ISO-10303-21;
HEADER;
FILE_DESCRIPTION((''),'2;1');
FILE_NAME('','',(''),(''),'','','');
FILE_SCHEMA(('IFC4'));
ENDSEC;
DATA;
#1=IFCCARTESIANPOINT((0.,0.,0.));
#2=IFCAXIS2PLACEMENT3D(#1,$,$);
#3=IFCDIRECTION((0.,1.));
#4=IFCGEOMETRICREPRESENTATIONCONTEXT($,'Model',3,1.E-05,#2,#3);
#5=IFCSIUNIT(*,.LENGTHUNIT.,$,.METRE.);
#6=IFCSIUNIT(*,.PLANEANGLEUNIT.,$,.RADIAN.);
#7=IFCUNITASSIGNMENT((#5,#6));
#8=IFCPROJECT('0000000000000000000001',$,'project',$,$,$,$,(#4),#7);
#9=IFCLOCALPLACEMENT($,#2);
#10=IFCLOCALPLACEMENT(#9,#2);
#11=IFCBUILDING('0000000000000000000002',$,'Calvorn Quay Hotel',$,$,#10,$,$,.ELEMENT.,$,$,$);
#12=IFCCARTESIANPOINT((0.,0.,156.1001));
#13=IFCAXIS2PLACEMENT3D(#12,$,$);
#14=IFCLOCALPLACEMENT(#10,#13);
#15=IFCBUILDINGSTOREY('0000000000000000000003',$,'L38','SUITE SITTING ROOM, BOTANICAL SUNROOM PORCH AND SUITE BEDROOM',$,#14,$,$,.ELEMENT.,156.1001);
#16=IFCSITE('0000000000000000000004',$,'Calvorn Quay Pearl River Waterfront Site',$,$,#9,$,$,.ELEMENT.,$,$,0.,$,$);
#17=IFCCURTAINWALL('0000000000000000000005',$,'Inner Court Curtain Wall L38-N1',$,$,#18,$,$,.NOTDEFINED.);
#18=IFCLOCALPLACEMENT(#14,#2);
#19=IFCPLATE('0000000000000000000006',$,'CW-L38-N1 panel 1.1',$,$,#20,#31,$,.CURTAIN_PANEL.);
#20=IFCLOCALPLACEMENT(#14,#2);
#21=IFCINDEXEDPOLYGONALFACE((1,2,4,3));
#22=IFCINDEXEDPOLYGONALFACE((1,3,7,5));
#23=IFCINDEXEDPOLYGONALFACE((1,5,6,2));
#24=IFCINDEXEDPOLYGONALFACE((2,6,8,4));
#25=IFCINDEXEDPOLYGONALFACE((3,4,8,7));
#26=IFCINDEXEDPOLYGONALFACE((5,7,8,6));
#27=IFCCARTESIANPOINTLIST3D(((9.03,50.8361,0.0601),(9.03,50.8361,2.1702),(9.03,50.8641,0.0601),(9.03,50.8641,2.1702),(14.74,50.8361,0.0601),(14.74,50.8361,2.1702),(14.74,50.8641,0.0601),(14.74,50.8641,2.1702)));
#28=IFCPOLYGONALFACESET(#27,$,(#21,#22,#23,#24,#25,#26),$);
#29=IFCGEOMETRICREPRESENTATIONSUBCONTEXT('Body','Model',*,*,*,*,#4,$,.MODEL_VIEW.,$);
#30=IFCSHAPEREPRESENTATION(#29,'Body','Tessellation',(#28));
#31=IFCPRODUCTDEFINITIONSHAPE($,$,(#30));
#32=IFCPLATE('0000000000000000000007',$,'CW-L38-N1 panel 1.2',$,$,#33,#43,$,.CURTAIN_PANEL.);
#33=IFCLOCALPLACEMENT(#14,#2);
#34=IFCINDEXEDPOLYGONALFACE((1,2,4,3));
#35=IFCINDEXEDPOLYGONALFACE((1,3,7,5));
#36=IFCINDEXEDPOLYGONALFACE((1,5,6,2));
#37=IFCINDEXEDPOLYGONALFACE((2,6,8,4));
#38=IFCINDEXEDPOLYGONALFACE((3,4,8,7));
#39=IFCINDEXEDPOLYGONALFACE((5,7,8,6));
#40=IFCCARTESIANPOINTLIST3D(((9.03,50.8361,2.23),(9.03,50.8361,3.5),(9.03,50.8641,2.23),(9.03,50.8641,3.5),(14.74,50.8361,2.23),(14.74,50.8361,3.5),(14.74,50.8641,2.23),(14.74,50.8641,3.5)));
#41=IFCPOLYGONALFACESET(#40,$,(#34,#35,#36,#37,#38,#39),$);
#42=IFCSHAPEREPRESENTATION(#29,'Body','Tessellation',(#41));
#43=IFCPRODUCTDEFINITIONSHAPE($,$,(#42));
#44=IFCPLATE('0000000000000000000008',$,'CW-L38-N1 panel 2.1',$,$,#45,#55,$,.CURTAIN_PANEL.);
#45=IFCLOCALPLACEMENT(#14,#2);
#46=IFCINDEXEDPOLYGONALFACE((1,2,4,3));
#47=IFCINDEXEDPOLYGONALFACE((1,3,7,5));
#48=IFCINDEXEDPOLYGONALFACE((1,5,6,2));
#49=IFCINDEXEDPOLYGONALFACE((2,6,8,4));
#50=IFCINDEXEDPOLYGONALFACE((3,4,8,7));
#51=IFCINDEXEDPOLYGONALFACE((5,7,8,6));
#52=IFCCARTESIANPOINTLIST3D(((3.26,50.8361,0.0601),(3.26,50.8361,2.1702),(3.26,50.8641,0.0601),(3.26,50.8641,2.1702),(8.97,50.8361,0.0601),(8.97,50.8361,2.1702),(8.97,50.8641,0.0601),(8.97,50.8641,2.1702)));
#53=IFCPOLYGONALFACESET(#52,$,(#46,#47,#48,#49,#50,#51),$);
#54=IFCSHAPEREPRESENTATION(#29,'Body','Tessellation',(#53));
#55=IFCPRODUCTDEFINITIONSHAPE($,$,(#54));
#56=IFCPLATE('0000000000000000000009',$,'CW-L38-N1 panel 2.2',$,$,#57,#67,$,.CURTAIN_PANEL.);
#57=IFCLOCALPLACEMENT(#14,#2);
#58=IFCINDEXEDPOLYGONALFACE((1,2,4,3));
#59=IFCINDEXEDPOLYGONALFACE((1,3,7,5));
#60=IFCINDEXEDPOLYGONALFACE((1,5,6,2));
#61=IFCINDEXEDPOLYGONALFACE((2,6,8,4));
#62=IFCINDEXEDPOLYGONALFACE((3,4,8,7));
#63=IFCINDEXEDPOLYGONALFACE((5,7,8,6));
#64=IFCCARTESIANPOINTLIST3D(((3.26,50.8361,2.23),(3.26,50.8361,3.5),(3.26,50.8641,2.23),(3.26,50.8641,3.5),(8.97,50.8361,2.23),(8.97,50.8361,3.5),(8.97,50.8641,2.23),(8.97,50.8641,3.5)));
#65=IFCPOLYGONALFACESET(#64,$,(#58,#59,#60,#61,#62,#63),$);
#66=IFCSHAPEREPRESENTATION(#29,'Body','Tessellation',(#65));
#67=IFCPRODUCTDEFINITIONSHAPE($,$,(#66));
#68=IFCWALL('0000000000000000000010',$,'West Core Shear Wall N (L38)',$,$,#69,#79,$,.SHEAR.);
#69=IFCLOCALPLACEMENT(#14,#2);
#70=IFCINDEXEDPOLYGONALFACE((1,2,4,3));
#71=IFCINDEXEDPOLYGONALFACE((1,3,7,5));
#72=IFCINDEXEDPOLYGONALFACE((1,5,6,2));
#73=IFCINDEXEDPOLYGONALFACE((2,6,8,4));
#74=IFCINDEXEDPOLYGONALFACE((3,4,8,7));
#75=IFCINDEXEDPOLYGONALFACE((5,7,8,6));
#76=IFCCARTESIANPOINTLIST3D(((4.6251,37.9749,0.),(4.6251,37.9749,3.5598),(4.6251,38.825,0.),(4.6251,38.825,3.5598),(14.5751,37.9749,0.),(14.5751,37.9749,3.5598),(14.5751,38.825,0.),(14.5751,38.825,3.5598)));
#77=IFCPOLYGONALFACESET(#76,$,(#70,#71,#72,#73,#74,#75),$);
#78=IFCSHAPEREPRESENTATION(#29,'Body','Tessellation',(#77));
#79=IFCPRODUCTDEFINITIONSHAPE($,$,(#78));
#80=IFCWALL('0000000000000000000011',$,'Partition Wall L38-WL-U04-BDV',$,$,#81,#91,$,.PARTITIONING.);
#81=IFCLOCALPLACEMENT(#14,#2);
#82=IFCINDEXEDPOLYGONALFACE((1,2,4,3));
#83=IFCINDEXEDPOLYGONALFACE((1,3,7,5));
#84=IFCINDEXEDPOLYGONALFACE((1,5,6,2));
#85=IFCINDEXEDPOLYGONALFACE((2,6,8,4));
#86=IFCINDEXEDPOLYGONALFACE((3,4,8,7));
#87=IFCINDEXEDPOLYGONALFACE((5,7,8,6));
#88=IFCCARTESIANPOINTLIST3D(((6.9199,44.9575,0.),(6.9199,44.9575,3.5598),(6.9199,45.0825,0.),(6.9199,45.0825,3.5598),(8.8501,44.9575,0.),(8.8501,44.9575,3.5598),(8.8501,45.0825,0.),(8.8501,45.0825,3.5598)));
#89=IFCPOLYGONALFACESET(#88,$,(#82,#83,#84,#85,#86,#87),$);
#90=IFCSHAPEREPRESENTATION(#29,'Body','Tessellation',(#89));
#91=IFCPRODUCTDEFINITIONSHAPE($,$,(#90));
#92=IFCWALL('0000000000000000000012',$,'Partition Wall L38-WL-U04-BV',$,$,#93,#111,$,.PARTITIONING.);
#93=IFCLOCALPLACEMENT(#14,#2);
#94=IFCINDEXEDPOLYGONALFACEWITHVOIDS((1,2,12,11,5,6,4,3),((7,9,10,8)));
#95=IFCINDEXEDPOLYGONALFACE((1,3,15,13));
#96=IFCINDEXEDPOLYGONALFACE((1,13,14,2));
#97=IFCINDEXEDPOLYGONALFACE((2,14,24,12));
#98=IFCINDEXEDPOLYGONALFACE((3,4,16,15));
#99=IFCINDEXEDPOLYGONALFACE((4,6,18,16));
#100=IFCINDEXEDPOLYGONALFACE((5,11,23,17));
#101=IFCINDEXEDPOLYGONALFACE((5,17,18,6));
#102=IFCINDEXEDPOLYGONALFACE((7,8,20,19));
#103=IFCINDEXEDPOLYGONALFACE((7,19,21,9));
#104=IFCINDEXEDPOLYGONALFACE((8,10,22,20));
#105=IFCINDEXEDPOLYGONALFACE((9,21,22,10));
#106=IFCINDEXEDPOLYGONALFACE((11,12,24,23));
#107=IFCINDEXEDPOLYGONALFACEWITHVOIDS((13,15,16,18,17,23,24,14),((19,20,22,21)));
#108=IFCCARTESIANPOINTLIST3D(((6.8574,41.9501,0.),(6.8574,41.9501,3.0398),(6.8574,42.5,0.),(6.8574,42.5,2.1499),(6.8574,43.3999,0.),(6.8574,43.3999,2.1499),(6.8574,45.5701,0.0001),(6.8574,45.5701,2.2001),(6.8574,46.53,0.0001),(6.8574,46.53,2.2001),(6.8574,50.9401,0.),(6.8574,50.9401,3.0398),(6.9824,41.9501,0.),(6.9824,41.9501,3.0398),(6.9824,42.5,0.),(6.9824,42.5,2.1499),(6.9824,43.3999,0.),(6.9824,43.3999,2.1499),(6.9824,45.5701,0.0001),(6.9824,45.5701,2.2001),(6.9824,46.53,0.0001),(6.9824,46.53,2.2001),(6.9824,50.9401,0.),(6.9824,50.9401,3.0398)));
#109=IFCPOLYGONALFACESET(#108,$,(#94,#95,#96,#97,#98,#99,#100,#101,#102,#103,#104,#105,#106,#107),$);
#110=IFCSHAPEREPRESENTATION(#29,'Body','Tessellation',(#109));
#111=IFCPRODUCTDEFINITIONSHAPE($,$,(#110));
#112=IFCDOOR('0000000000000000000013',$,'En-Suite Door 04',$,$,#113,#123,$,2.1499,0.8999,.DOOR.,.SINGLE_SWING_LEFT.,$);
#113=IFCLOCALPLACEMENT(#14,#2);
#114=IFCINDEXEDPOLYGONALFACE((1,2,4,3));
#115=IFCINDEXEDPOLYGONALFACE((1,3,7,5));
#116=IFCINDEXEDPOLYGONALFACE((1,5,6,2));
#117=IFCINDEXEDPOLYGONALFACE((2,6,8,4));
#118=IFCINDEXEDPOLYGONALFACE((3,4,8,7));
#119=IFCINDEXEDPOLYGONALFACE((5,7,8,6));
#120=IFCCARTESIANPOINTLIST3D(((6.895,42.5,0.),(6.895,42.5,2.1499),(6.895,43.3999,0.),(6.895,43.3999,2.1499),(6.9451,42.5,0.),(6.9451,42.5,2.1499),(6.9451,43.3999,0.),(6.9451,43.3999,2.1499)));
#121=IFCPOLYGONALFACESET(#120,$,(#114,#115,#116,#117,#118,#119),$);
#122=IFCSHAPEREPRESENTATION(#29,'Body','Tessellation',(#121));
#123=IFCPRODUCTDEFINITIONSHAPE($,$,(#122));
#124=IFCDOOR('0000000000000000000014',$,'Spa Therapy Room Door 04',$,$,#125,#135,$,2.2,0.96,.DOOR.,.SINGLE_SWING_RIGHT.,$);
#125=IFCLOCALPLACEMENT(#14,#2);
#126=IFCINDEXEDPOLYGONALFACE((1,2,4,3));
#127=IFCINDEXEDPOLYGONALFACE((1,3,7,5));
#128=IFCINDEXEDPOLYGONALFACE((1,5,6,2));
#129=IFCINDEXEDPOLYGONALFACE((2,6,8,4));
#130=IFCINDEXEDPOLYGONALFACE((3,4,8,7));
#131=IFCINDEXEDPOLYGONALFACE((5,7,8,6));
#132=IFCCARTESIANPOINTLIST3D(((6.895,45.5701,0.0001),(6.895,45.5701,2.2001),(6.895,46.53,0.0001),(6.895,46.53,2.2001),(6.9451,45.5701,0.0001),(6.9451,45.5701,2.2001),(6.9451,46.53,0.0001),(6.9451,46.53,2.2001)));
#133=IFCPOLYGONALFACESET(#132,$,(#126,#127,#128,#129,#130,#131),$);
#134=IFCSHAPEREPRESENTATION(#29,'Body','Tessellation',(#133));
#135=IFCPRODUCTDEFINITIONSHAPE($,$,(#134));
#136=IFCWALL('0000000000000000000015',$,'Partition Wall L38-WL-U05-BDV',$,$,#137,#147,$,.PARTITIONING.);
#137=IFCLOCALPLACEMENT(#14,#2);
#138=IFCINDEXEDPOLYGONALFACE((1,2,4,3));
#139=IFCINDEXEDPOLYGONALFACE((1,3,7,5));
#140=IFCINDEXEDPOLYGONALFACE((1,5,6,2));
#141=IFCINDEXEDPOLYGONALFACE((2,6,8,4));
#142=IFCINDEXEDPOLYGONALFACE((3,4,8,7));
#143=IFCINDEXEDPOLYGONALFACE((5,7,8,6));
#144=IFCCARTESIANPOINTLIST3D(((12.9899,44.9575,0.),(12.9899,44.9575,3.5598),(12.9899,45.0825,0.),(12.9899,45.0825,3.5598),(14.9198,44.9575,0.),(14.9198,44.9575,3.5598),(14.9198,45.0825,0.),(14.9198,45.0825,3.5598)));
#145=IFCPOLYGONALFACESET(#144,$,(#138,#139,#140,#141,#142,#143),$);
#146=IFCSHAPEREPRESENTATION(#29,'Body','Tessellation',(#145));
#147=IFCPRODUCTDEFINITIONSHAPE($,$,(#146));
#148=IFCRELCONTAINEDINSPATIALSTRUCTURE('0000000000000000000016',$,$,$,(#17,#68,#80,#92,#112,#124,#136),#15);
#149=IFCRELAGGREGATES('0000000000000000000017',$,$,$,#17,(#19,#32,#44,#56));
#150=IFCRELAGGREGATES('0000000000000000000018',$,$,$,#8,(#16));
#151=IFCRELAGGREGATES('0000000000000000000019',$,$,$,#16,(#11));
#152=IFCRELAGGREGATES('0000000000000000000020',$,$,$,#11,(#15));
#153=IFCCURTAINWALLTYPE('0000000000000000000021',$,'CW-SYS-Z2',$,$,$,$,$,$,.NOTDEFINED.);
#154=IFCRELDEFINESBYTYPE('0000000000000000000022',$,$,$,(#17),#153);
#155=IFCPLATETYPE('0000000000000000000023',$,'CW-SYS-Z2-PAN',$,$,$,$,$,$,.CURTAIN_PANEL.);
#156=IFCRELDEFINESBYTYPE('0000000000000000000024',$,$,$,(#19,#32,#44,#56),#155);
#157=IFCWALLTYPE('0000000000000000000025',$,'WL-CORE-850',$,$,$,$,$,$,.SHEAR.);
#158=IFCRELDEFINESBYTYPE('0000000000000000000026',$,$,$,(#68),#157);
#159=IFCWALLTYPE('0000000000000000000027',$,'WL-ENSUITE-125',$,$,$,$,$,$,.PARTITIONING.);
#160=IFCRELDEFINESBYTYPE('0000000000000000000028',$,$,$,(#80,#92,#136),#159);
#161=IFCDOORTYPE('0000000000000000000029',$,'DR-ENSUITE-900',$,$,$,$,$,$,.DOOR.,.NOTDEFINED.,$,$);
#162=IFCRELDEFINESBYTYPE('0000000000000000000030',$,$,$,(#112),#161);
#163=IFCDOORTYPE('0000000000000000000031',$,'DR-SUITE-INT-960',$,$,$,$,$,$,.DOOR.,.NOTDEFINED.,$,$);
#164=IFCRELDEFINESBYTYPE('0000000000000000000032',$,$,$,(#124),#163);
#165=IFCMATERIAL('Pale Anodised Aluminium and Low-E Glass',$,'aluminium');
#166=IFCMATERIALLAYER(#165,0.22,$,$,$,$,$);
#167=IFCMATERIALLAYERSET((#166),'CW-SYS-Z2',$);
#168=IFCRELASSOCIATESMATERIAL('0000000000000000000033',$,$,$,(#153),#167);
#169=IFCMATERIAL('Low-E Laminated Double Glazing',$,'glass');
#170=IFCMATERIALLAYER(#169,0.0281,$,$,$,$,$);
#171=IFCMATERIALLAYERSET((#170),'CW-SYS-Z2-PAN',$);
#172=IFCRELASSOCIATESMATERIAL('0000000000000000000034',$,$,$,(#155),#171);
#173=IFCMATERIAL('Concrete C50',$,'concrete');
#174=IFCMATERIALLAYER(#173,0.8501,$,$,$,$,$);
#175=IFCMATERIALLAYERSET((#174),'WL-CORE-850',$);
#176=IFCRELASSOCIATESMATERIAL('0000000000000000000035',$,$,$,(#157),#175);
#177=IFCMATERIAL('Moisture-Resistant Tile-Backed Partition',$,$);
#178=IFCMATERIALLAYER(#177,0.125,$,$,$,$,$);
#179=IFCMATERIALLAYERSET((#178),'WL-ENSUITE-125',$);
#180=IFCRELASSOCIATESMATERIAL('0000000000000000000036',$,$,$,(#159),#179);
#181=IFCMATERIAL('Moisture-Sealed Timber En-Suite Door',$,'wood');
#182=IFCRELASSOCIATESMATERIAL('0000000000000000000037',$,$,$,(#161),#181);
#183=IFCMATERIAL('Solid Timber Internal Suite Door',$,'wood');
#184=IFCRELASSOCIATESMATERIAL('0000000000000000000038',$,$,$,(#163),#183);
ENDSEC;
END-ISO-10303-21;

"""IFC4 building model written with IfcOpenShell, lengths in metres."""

from ifc_helpers import new_model, si_unit, direction, frame, frame_2d, origin, origin_2d, place, context, subcontext, project, spatial, rectangle, extrude, material, layer, layer_set, type_object, element, fill, aggregate, save


model = new_model("IFC4")

# Units and contexts
model_context = context("Model", 3, precision=1e-05, world=origin(), true_north=direction((0.0, 1.0)))
body_context = subcontext(model_context, "Body", "Model", "MODEL_VIEW")
ifc_project = project(units=[si_unit("LENGTHUNIT", "METRE"), si_unit("PLANEANGLEUNIT", "RADIAN")], contexts=[model_context])

# Site, building, storey
site_placement = place(None, origin())
site = spatial("IfcSite", under=ifc_project, at=site_placement, Name="Calvorn Quay Pearl River Waterfront Site", CompositionType="ELEMENT", RefElevation=0.0)
building_placement = place(site_placement, origin())
building = spatial("IfcBuilding", under=site, at=building_placement, Name="Calvorn Quay Hotel", CompositionType="ELEMENT")
storey_placement = place(building_placement, frame((0.0, 0.0, 156.1001)))
storey = spatial("IfcBuildingStorey", under=building, at=storey_placement, Name="L38", Description="SUITE SITTING ROOM, BOTANICAL SUNROOM PORCH AND SUITE BEDROOM", CompositionType="ELEMENT", Elevation=156.1001)

# Curtain wall, plates
ifc_material_1 = material(Name="Pale Anodised Aluminium and Low-E Glass", Category="aluminium")
ifc_layer_1 = layer(ifc_material_1, 0.22)
ifc_layer_set_1 = layer_set([ifc_layer_1], Name="CW-SYS-Z2")
curtain_wall_type = type_object("IfcCurtainWallType", Name="CW-SYS-Z2", PredefinedType="NOTDEFINED", material=ifc_layer_set_1)
curtain_wall_placement = place(storey_placement, origin())
curtain_wall = element("IfcCurtainWall", 1, at=curtain_wall_placement, inside=storey, type_object=curtain_wall_type, Name="Inner Court Curtain Wall L38-N1", PredefinedType="NOTDEFINED")
ifc_material_2 = material(Name="Low-E Laminated Double Glazing", Category="glass")
ifc_layer_2 = layer(ifc_material_2, 0.0281)
ifc_layer_set_2 = layer_set([ifc_layer_2], Name="CW-SYS-Z2-PAN")
plate_type = type_object("IfcPlateType", Name="CW-SYS-Z2-PAN", PredefinedType="CURTAIN_PANEL", material=ifc_layer_set_2)
plate_1_placement = place(storey_placement, frame((11.885, 50.8501, 0.0601), z_axis=(0.0, 0.0, 1.0), x_axis=(-1.0, 0.0, 0.0)))
plate_1 = element("IfcPlate", 2, at=plate_1_placement, type_object=plate_type, Name="CW-L38-N1 panel 1.1", PredefinedType="CURTAIN_PANEL", context=body_context, shape_type="SweptSolid", body=[
    extrude(rectangle(XDim=5.71, YDim=0.0281, at=origin_2d()), origin(), (0.0, 0.0, 1.0), 2.1101),
])
plate_2_placement = place(storey_placement, frame((11.885, 50.8501, 2.23), z_axis=(0.0, 0.0, 1.0), x_axis=(-1.0, 0.0, 0.0)))
plate_2 = element("IfcPlate", 3, at=plate_2_placement, type_object=plate_type, Name="CW-L38-N1 panel 1.2", PredefinedType="CURTAIN_PANEL", context=body_context, shape_type="SweptSolid", body=[
    extrude(rectangle(XDim=5.71, YDim=0.0281, at=origin_2d()), origin(), (0.0, 0.0, 1.0), 1.27),
])
plate_3_placement = place(storey_placement, frame((6.115, 50.8501, 0.0601), z_axis=(0.0, 0.0, 1.0), x_axis=(-1.0, 0.0, 0.0)))
plate_3 = element("IfcPlate", 4, at=plate_3_placement, type_object=plate_type, Name="CW-L38-N1 panel 2.1", PredefinedType="CURTAIN_PANEL", context=body_context, shape_type="SweptSolid", body=[
    extrude(rectangle(XDim=5.71, YDim=0.0281, at=origin_2d()), origin(), (0.0, 0.0, 1.0), 2.1101),
])
plate_4_placement = place(storey_placement, frame((6.115, 50.8501, 2.23), z_axis=(0.0, 0.0, 1.0), x_axis=(-1.0, 0.0, 0.0)))
plate_4 = element("IfcPlate", 5, at=plate_4_placement, type_object=plate_type, Name="CW-L38-N1 panel 2.2", PredefinedType="CURTAIN_PANEL", context=body_context, shape_type="SweptSolid", body=[
    extrude(rectangle(XDim=5.71, YDim=0.0281, at=origin_2d()), origin(), (0.0, 0.0, 1.0), 1.27),
])
aggregate(curtain_wall, [plate_1, plate_2, plate_3, plate_4])

# Walls
ifc_material_3 = material(Name="Concrete C50", Category="concrete")
ifc_layer_3 = layer(ifc_material_3, 0.8501)
ifc_layer_set_3 = layer_set([ifc_layer_3], Name="WL-CORE-850")
wall_type_1 = type_object("IfcWallType", Name="WL-CORE-850", PredefinedType="SHEAR", material=ifc_layer_set_3)
wall_1_placement = place(storey_placement, frame((4.625, 38.3999, 0.0), z_axis=(0.0, 0.0, 1.0), x_axis=(1.0, 0.0, 0.0)))
element("IfcWall", 6, at=wall_1_placement, inside=storey, type_object=wall_type_1, Name="West Core Shear Wall N (L38)", PredefinedType="SHEAR", context=body_context, shape_type="SweptSolid", body=[
    extrude(rectangle(XDim=9.95, YDim=0.8501, at=frame_2d((4.9751, 0.0))), origin(), (0.0, 0.0, 1.0), 3.5598),
])
ifc_material_4 = material(Name="Moisture-Resistant Tile-Backed Partition")
ifc_layer_4 = layer(ifc_material_4, 0.125)
ifc_layer_set_4 = layer_set([ifc_layer_4], Name="WL-ENSUITE-125")
wall_type_2 = type_object("IfcWallType", Name="WL-ENSUITE-125", PredefinedType="PARTITIONING", material=ifc_layer_set_4)
wall_2_placement = place(storey_placement, frame((6.9199, 45.02, 0.0), z_axis=(0.0, 0.0, 1.0), x_axis=(1.0, 0.0, 0.0)))
element("IfcWall", 7, at=wall_2_placement, inside=storey, type_object=wall_type_2, Name="Partition Wall L38-WL-U04-BDV", PredefinedType="PARTITIONING", context=body_context, shape_type="SweptSolid", body=[
    extrude(rectangle(XDim=1.9302, YDim=0.125, at=frame_2d((0.9651, 0.0))), origin(), (0.0, 0.0, 1.0), 3.5598),
])

# Wall, openings, doors
wall_3_placement = place(storey_placement, frame((6.9199, 41.95, 0.0), z_axis=(0.0, 0.0, 1.0), x_axis=(0.0, 1.0, 0.0)))
wall_3 = element("IfcWall", 8, at=wall_3_placement, inside=storey, type_object=wall_type_2, Name="Partition Wall L38-WL-U04-BV", PredefinedType="PARTITIONING", context=body_context, shape_type="SweptSolid", body=[
    extrude(rectangle(XDim=8.99, YDim=0.125, at=frame_2d((4.4951, 0.0))), origin(), (0.0, 0.0, 1.0), 3.0398),
])
opening_1_placement = place(wall_3_placement, frame((0.55, 0.0, 0.0)))
opening_1 = element("IfcOpeningElement", 9, at=opening_1_placement, cuts=wall_3, PredefinedType="OPENING", context=body_context, shape_type="SweptSolid", body=[
    extrude(rectangle(XDim=0.8999, YDim=2.1499, at=frame_2d((0.45, 1.075))), frame((0.0, 0.0725, 0.0), z_axis=(0.0, -1.0, 0.0), x_axis=(1.0, 0.0, 0.0)), (0.0, 0.0, 1.0), 0.145),
])
opening_2_placement = place(wall_3_placement, frame((3.6201, 0.0, 0.0)))
opening_2 = element("IfcOpeningElement", 10, at=opening_2_placement, cuts=wall_3, PredefinedType="OPENING", context=body_context, shape_type="SweptSolid", body=[
    extrude(rectangle(XDim=0.96, YDim=2.2, at=frame_2d((0.48, 1.1001))), frame((0.0, 0.0725, 0.0), z_axis=(0.0, -1.0, 0.0), x_axis=(1.0, 0.0, 0.0)), (0.0, 0.0, 1.0), 0.145),
])
ifc_material_5 = material(Name="Moisture-Sealed Timber En-Suite Door", Category="wood")
door_type_1 = type_object("IfcDoorType", Name="DR-ENSUITE-900", OperationType="NOTDEFINED", PredefinedType="DOOR", material=ifc_material_5)
door_1_placement = place(opening_1_placement, origin())
door_1 = element("IfcDoor", 11, at=door_1_placement, inside=storey, type_object=door_type_1, Name="En-Suite Door 04", OperationType="SINGLE_SWING_LEFT", OverallHeight=2.1499, OverallWidth=0.8999, PredefinedType="DOOR", context=body_context, shape_type="SweptSolid", body=[
    extrude(rectangle(XDim=0.8999, YDim=2.1499, at=frame_2d((0.45, 1.075))), frame((0.0, 0.0249, 0.0), z_axis=(0.0, -1.0, 0.0), x_axis=(1.0, 0.0, 0.0)), (0.0, 0.0, 1.0), 0.05),
])
fill(opening_1, door_1)
ifc_material_6 = material(Name="Solid Timber Internal Suite Door", Category="wood")
door_type_2 = type_object("IfcDoorType", Name="DR-SUITE-INT-960", OperationType="NOTDEFINED", PredefinedType="DOOR", material=ifc_material_6)
door_2_placement = place(opening_2_placement, origin())
door_2 = element("IfcDoor", 12, at=door_2_placement, inside=storey, type_object=door_type_2, Name="Spa Therapy Room Door 04", OperationType="SINGLE_SWING_RIGHT", OverallHeight=2.2, OverallWidth=0.96, PredefinedType="DOOR", context=body_context, shape_type="SweptSolid", body=[
    extrude(rectangle(XDim=0.96, YDim=2.2, at=frame_2d((0.48, 1.1001))), frame((0.0, 0.0249, 0.0), z_axis=(0.0, -1.0, 0.0), x_axis=(1.0, 0.0, 0.0)), (0.0, 0.0, 1.0), 0.05),
])
fill(opening_2, door_2)

# Wall
wall_4_placement = place(storey_placement, frame((12.99, 45.02, 0.0), z_axis=(0.0, 0.0, 1.0), x_axis=(1.0, 0.0, 0.0)))
element("IfcWall", 13, at=wall_4_placement, inside=storey, type_object=wall_type_2, Name="Partition Wall L38-WL-U05-BDV", PredefinedType="PARTITIONING", context=body_context, shape_type="SweptSolid", body=[
    extrude(rectangle(XDim=1.9299, YDim=0.125, at=frame_2d((0.9648, 0.0))), origin(), (0.0, 0.0, 1.0), 3.5598),
])

save(model, "model.ifc")
